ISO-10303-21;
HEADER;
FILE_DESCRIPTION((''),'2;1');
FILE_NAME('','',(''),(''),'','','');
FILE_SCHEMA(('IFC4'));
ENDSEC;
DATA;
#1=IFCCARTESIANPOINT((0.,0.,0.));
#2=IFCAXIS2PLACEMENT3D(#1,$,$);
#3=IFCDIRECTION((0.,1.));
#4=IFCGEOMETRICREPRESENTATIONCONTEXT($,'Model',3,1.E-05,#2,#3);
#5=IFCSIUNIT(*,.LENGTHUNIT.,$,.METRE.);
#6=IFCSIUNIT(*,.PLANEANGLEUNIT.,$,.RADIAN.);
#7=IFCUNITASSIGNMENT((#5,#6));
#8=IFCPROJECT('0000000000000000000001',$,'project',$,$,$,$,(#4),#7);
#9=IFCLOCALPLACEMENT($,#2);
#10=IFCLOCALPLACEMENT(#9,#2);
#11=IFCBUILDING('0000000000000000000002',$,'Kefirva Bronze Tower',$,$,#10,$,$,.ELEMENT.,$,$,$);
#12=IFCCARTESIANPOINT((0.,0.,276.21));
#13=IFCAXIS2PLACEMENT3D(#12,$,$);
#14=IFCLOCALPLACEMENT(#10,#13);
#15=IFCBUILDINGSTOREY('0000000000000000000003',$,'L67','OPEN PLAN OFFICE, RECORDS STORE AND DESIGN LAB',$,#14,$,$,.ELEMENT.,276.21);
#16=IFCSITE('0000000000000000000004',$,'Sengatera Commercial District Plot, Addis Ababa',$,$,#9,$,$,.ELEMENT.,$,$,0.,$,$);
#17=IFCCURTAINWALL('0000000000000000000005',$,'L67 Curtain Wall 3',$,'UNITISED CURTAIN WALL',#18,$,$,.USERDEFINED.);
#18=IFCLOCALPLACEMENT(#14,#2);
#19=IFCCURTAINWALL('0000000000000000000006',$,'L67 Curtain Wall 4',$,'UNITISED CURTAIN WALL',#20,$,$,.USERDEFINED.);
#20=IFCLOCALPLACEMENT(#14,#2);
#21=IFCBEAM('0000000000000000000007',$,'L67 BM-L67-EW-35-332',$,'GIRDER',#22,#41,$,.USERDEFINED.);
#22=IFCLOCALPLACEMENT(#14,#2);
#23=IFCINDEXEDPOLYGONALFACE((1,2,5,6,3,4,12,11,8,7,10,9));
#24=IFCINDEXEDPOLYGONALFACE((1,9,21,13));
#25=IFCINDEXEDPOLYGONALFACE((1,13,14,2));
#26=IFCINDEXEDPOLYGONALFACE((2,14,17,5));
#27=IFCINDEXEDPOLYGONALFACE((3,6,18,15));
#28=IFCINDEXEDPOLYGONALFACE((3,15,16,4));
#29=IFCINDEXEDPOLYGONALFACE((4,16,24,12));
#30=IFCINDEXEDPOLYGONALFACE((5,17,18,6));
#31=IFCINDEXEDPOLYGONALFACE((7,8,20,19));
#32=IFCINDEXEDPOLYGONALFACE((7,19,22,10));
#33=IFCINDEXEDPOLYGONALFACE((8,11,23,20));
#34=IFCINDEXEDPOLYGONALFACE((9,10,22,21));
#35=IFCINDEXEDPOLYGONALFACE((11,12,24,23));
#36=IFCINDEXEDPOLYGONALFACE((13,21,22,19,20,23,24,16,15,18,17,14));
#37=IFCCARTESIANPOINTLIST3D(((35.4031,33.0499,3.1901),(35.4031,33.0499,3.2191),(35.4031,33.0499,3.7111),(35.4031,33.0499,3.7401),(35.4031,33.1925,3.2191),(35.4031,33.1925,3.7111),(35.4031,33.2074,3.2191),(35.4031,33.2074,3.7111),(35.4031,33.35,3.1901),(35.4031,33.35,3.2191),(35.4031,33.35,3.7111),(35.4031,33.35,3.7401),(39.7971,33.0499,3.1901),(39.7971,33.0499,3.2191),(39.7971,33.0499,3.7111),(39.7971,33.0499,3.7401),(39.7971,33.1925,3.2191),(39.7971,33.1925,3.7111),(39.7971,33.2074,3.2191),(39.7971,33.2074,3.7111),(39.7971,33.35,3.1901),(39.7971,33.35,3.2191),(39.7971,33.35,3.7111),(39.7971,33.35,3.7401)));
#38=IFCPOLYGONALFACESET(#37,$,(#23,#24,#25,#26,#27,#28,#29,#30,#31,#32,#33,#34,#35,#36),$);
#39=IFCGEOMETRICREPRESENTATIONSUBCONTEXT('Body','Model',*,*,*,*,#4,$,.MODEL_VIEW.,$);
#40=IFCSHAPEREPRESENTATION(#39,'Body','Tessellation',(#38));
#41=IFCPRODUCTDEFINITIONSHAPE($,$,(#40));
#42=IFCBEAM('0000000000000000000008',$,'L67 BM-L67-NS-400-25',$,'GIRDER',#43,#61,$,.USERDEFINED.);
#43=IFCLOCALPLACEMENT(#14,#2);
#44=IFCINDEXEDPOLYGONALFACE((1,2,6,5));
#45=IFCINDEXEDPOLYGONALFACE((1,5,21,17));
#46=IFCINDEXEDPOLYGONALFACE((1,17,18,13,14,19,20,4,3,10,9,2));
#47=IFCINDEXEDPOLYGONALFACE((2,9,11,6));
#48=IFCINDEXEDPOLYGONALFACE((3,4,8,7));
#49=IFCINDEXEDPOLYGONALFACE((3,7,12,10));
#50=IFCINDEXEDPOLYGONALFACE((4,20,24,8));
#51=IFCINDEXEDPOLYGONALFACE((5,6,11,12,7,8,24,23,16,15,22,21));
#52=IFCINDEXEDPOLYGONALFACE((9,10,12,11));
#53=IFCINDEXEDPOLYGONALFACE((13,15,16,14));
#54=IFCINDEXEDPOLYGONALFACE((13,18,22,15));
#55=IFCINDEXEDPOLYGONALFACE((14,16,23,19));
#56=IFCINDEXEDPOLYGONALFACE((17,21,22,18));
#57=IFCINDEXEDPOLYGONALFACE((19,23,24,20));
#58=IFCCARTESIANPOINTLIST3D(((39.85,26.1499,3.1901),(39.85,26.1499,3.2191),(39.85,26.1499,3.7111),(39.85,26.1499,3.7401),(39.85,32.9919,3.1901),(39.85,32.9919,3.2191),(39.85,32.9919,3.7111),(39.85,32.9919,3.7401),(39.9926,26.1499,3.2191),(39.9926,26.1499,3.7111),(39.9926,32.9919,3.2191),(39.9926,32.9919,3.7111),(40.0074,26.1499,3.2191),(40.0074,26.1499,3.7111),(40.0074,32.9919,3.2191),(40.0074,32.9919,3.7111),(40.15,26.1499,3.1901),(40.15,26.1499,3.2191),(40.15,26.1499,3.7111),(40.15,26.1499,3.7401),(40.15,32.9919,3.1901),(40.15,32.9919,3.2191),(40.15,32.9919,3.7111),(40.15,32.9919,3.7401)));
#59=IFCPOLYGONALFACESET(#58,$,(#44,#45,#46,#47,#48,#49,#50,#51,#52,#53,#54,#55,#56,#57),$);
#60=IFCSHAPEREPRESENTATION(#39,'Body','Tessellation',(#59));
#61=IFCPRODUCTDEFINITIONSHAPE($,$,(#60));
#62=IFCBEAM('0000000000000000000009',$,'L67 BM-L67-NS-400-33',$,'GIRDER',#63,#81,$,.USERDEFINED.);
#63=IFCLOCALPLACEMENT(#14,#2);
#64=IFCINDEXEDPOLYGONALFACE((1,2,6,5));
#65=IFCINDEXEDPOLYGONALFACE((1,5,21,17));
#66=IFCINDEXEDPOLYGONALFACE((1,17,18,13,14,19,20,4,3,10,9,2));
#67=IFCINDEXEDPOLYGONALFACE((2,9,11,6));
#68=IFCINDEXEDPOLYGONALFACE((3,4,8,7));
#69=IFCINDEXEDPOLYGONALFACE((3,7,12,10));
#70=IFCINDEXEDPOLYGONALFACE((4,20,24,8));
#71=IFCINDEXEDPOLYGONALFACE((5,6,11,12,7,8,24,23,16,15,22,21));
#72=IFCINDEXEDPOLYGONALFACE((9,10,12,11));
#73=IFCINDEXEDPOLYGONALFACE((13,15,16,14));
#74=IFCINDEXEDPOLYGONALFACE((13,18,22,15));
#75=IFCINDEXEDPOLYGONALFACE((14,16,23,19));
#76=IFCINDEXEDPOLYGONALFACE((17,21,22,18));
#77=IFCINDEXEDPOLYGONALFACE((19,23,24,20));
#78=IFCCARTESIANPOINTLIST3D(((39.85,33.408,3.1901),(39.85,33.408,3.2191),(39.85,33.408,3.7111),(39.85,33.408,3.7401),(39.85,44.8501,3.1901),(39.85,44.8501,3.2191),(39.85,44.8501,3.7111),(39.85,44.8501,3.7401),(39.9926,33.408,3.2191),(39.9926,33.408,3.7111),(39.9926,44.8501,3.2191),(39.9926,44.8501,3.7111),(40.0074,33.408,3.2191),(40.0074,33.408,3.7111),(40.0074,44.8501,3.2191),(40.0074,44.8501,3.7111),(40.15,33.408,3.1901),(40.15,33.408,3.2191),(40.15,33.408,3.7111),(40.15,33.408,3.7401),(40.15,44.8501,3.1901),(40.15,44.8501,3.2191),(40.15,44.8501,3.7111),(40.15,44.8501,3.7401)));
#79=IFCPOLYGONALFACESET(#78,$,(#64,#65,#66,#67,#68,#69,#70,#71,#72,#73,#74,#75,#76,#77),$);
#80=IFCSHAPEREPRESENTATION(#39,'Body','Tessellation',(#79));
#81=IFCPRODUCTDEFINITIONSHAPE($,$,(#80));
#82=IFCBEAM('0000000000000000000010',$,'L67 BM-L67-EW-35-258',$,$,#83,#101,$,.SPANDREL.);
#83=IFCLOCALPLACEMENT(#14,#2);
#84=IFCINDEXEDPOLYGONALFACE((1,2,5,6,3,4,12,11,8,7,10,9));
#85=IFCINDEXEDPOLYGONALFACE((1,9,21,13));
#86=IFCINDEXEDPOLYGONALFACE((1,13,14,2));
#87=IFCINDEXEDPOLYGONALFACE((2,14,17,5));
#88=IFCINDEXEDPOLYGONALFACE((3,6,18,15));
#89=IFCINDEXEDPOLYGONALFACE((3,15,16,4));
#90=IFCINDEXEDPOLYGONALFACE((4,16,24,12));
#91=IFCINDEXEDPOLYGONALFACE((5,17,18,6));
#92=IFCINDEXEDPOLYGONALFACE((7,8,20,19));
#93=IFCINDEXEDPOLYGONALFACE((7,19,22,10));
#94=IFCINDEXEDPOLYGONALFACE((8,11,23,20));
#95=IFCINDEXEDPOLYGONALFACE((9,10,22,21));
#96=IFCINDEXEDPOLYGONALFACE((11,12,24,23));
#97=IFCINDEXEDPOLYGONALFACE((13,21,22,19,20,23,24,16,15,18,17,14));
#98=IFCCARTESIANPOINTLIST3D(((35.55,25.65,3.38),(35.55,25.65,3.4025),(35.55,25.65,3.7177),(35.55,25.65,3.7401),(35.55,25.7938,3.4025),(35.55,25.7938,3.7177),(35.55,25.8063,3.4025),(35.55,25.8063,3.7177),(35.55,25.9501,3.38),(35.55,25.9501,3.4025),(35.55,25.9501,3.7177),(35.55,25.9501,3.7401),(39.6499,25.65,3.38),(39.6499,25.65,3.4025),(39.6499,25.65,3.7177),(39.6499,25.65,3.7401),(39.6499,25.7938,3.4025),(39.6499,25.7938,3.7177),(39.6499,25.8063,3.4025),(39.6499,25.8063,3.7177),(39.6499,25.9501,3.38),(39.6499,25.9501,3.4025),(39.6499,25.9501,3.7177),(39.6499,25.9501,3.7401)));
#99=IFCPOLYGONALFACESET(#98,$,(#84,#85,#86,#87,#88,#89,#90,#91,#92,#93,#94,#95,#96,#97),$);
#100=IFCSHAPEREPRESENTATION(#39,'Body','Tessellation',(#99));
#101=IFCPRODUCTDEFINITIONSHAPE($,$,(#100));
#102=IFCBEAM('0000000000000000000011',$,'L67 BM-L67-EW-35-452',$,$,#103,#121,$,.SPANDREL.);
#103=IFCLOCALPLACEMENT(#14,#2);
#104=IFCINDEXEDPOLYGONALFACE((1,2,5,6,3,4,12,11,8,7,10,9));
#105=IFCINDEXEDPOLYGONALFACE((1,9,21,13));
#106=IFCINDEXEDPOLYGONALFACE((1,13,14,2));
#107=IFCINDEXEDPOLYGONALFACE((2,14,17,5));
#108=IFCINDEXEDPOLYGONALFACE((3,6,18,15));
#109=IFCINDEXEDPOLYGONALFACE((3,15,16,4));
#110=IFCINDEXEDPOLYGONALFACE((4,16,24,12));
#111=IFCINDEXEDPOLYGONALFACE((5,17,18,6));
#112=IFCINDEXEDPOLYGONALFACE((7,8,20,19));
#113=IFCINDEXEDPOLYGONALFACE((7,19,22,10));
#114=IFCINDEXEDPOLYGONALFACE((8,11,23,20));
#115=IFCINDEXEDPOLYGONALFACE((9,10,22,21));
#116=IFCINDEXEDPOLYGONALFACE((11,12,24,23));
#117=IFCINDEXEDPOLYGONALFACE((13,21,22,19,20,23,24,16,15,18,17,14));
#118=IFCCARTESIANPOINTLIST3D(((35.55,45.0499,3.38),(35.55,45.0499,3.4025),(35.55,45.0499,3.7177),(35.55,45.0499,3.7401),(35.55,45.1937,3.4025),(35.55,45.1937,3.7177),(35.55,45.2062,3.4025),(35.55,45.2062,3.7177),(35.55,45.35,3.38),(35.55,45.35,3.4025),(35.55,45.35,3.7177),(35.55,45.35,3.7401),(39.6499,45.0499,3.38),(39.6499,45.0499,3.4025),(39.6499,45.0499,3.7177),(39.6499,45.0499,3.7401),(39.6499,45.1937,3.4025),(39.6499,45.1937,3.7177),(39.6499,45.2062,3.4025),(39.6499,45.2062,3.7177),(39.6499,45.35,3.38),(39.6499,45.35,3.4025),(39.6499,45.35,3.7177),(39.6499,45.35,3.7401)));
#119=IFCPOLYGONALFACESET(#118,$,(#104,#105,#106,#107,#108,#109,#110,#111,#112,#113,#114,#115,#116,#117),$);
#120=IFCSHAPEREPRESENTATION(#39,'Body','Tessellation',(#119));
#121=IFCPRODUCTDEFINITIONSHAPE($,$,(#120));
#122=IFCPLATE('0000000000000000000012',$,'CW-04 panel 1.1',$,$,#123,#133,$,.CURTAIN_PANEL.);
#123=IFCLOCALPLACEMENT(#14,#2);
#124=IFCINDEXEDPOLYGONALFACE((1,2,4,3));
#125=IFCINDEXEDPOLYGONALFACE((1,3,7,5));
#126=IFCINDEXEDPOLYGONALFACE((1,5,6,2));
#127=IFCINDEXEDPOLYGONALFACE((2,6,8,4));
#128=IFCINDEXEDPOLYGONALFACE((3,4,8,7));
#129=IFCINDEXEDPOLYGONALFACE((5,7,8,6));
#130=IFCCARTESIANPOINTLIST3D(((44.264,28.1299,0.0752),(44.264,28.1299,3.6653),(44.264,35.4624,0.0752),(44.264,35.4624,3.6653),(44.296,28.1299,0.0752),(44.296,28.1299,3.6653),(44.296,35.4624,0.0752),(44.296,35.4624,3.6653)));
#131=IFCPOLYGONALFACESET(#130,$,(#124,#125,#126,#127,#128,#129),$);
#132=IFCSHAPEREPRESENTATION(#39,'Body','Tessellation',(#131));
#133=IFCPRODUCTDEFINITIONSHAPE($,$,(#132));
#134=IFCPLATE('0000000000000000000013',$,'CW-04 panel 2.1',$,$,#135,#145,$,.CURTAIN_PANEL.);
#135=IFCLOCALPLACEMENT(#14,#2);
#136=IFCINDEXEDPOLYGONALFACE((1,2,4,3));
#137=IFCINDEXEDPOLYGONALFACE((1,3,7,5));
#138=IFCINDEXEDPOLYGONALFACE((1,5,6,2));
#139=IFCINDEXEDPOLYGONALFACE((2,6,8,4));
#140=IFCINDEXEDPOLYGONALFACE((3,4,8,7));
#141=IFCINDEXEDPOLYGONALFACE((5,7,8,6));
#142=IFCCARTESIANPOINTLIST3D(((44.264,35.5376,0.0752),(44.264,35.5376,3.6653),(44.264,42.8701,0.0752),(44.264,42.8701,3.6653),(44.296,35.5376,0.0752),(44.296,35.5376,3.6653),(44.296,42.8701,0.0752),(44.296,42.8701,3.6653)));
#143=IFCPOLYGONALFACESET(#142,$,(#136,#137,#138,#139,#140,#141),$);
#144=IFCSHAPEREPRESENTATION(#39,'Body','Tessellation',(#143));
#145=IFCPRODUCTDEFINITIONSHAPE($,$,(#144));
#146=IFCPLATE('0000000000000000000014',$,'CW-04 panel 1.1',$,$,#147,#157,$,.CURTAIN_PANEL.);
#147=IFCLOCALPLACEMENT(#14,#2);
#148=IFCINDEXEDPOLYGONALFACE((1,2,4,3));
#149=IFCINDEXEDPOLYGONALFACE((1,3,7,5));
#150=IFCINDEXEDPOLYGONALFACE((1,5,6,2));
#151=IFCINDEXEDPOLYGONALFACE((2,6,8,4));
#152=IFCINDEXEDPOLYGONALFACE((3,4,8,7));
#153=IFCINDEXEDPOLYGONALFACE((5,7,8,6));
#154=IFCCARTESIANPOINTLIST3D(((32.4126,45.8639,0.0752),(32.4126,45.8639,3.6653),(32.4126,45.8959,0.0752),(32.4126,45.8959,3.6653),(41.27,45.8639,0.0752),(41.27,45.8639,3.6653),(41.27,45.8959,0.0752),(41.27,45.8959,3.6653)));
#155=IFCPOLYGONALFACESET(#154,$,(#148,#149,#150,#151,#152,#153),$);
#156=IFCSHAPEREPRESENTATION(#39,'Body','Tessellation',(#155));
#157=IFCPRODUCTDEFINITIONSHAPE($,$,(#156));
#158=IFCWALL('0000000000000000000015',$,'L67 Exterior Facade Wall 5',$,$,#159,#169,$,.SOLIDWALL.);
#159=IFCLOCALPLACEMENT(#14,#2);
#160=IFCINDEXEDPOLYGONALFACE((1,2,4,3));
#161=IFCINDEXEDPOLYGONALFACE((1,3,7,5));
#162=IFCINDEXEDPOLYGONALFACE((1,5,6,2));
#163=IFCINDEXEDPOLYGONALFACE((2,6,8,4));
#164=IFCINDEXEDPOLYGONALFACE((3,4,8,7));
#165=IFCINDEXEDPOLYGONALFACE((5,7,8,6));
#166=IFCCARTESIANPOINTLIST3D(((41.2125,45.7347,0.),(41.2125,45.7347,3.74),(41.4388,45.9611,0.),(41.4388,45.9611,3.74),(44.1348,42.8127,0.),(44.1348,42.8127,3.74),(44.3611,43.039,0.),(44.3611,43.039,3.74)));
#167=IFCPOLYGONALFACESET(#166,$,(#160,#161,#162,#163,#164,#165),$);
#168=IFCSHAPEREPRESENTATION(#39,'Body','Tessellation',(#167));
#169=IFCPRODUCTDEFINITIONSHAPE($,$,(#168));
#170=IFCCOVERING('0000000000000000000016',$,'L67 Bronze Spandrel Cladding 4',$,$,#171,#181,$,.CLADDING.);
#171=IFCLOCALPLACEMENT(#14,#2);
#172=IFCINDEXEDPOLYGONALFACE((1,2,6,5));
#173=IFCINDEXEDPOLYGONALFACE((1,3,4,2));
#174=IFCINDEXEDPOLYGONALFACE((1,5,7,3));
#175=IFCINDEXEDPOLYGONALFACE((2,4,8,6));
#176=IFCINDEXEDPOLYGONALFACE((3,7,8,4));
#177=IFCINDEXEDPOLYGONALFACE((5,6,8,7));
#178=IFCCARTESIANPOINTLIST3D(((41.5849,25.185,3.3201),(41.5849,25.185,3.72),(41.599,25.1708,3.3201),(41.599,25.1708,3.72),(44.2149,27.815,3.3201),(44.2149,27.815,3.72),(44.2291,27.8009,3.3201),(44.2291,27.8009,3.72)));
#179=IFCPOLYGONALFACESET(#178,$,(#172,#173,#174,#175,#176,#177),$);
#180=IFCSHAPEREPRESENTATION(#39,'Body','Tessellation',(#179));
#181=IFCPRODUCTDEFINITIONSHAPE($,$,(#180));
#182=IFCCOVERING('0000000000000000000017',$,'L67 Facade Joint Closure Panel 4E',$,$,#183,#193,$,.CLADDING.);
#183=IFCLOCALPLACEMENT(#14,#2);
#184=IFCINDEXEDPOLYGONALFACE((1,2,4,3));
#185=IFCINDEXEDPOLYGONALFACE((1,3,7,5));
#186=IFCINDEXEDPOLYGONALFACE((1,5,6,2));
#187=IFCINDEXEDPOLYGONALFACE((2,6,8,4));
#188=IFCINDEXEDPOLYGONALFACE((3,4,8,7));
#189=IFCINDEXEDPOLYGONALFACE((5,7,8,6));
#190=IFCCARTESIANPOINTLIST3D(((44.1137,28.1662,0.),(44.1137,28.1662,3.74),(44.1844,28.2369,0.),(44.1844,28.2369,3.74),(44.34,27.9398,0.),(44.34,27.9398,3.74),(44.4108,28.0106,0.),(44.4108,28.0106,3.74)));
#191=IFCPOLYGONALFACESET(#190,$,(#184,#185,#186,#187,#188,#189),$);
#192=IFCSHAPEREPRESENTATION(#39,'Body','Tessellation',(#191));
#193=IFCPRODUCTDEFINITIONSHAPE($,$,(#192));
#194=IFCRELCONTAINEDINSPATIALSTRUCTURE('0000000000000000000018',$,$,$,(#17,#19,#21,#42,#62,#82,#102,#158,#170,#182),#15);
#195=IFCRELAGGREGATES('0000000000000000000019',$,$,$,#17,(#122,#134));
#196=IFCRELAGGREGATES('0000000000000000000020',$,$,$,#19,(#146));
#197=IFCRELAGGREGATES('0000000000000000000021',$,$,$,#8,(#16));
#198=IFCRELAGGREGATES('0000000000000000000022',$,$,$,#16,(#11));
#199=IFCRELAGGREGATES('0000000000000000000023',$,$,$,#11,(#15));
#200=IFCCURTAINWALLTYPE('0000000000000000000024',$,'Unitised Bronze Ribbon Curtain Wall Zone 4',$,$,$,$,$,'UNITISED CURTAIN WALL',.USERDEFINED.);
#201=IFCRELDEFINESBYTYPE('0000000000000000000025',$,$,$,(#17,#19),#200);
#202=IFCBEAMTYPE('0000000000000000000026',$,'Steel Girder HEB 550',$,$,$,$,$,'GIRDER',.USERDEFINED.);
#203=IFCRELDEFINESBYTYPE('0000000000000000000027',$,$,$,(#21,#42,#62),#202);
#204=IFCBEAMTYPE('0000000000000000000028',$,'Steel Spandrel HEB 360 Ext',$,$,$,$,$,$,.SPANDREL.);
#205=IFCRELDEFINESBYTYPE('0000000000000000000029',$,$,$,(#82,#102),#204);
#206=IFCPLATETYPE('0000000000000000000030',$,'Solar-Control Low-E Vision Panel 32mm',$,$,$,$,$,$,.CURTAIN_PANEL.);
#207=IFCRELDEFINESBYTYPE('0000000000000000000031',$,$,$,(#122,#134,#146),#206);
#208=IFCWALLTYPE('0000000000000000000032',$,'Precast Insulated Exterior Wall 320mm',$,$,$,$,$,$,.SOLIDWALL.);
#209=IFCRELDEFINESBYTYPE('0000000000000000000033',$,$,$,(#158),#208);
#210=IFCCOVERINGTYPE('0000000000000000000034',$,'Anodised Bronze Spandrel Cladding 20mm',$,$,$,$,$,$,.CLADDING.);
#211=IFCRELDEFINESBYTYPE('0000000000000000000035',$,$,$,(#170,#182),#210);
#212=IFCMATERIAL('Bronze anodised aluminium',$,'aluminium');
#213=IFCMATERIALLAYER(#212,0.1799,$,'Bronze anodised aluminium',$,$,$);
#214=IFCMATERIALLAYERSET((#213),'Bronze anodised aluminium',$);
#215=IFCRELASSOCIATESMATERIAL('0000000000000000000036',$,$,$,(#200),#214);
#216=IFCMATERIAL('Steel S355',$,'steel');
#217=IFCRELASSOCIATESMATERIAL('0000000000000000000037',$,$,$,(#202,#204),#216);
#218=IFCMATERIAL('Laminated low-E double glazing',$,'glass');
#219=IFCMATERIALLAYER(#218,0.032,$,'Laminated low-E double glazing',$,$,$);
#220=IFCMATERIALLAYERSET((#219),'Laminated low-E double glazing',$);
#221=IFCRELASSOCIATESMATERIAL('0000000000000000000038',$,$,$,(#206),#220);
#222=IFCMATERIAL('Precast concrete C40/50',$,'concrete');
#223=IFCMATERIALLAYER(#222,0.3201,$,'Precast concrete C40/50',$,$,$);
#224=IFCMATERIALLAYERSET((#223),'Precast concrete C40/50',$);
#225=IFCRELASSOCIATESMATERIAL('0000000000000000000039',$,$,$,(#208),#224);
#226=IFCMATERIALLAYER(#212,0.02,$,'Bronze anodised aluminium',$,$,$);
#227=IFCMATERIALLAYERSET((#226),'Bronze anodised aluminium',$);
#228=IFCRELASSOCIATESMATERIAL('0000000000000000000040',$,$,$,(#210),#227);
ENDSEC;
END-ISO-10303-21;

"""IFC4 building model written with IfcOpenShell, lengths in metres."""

from ifc_helpers import new_model, si_unit, direction, frame, frame_2d, origin, origin_2d, place, context, subcontext, project, spatial, rectangle, i_section, extrude, material, layer, layer_set, material_profile, profile_set, type_object, element, aggregate, save


model = new_model("IFC4")

# Units and contexts
model_context = context("Model", 3, precision=1e-05, world=origin(), true_north=direction((0.0, 1.0)))
body_context = subcontext(model_context, "Body", "Model", "MODEL_VIEW")
ifc_project = project(units=[si_unit("LENGTHUNIT", "METRE"), si_unit("PLANEANGLEUNIT", "RADIAN")], contexts=[model_context])

# Site, building, storey
site_placement = place(None, origin())
site = spatial("IfcSite", under=ifc_project, at=site_placement, Name="Sengatera Commercial District Plot, Addis Ababa", CompositionType="ELEMENT", RefElevation=0.0)
building_placement = place(site_placement, origin())
building = spatial("IfcBuilding", under=site, at=building_placement, Name="Kefirva Bronze Tower", CompositionType="ELEMENT")
storey_placement = place(building_placement, frame((0.0, 0.0, 276.21)))
storey = spatial("IfcBuildingStorey", under=building, at=storey_placement, Name="L67", Description="OPEN PLAN OFFICE, RECORDS STORE AND DESIGN LAB", CompositionType="ELEMENT", Elevation=276.21)

# Curtain wall
ifc_material_1 = material(Name="Bronze anodised aluminium", Category="aluminium")
ifc_layer_1 = layer(ifc_material_1, 0.1799, Name="Bronze anodised aluminium")
ifc_layer_set_1 = layer_set([ifc_layer_1], Name="Bronze anodised aluminium")
curtain_wall_type = type_object("IfcCurtainWallType", Name="Unitised Bronze Ribbon Curtain Wall Zone 4", ElementType="UNITISED CURTAIN WALL", PredefinedType="USERDEFINED", material=ifc_layer_set_1)
curtain_wall_1_placement = place(storey_placement, origin())
curtain_wall_1 = element("IfcCurtainWall", 1, at=curtain_wall_1_placement, inside=storey, type_object=curtain_wall_type, Name="L67 Curtain Wall 3", ObjectType="UNITISED CURTAIN WALL", PredefinedType="USERDEFINED")

# Curtain wall
curtain_wall_2_placement = place(storey_placement, origin())
curtain_wall_2 = element("IfcCurtainWall", 2, at=curtain_wall_2_placement, inside=storey, type_object=curtain_wall_type, Name="L67 Curtain Wall 4", ObjectType="UNITISED CURTAIN WALL", PredefinedType="USERDEFINED")

# Beams
ifc_material_2 = material(Name="Steel S355", Category="steel")
ifc_material_profile_1 = material_profile(ifc_material_2, i_section(OverallWidth=0.3, OverallDepth=0.55, WebThickness=0.0149, FlangeThickness=0.0291, at=origin_2d()), Name="HEB 550")
ifc_profile_set_1 = profile_set([ifc_material_profile_1], Name="Steel S355")
beam_type_1 = type_object("IfcBeamType", Name="Steel Girder HEB 550", ElementType="GIRDER", PredefinedType="USERDEFINED", material=ifc_profile_set_1)
beam_1_placement = place(storey_placement, frame((35.4031, 33.2, 3.4651), z_axis=(1.0, 0.0, 0.0), x_axis=(0.0, 1.0, 0.0)))
element("IfcBeam", 3, at=beam_1_placement, inside=storey, type_object=beam_type_1, Name="L67 BM-L67-EW-35-332", ObjectType="GIRDER", PredefinedType="USERDEFINED", context=body_context, shape_type="SweptSolid", body=[
    extrude(i_section(OverallWidth=0.3, OverallDepth=0.55, WebThickness=0.0149, FlangeThickness=0.0291, at=origin_2d()), origin(), (0.0, 0.0, 1.0), 4.394),
])
beam_2_placement = place(storey_placement, frame((40.0, 26.1499, 3.4651), z_axis=(0.0, 1.0, 0.0), x_axis=(-1.0, 0.0, 0.0)))
element("IfcBeam", 4, at=beam_2_placement, inside=storey, type_object=beam_type_1, Name="L67 BM-L67-NS-400-25", ObjectType="GIRDER", PredefinedType="USERDEFINED", context=body_context, shape_type="SweptSolid", body=[
    extrude(i_section(OverallWidth=0.3, OverallDepth=0.55, WebThickness=0.0149, FlangeThickness=0.0291, at=origin_2d()), origin(), (0.0, 0.0, 1.0), 6.842),
])
beam_3_placement = place(storey_placement, frame((40.0, 33.408, 3.4651), z_axis=(0.0, 1.0, 0.0), x_axis=(-1.0, 0.0, 0.0)))
element("IfcBeam", 5, at=beam_3_placement, inside=storey, type_object=beam_type_1, Name="L67 BM-L67-NS-400-33", ObjectType="GIRDER", PredefinedType="USERDEFINED", context=body_context, shape_type="SweptSolid", body=[
    extrude(i_section(OverallWidth=0.3, OverallDepth=0.55, WebThickness=0.0149, FlangeThickness=0.0291, at=origin_2d()), origin(), (0.0, 0.0, 1.0), 11.4421),
])
ifc_material_profile_2 = material_profile(ifc_material_2, i_section(OverallWidth=0.3, OverallDepth=0.3601, WebThickness=0.0125, FlangeThickness=0.0225, at=origin_2d()), Name="HEB 360")
ifc_profile_set_2 = profile_set([ifc_material_profile_2], Name="Steel S355")
beam_type_2 = type_object("IfcBeamType", Name="Steel Spandrel HEB 360 Ext", PredefinedType="SPANDREL", material=ifc_profile_set_2)
for number, where, z_axis, x_axis, name in (
    (6, (35.55, 25.8, 3.5601), (1.0, 0.0, 0.0), (0.0, 1.0, 0.0), "L67 BM-L67-EW-35-258"),
    (7, (35.55, 45.2, 3.5601), (1.0, 0.0, 0.0), (0.0, 1.0, 0.0), "L67 BM-L67-EW-35-452"),
):
    element("IfcBeam", number, at=place(storey_placement, frame(where, z_axis=z_axis, x_axis=x_axis)), inside=storey, type_object=beam_type_2, Name=name, PredefinedType="SPANDREL", context=body_context, shape_type="SweptSolid", body=[
        extrude(i_section(OverallWidth=0.3, OverallDepth=0.3601, WebThickness=0.0125, FlangeThickness=0.0225, at=origin_2d()), origin(), (0.0, 0.0, 1.0), 4.0999),
    ])

# Plates
ifc_material_3 = material(Name="Laminated low-E double glazing", Category="glass")
ifc_layer_2 = layer(ifc_material_3, 0.032, Name="Laminated low-E double glazing")
ifc_layer_set_2 = layer_set([ifc_layer_2], Name="Laminated low-E double glazing")
plate_type = type_object("IfcPlateType", Name="Solar-Control Low-E Vision Panel 32mm", PredefinedType="CURTAIN_PANEL", material=ifc_layer_set_2)
plate_1_placement = place(storey_placement, frame((44.28, 31.7961, 0.0752), z_axis=(0.0, 0.0, 1.0), x_axis=(0.0, 1.0, 0.0)))
plate_1 = element("IfcPlate", 8, at=plate_1_placement, type_object=plate_type, Name="CW-04 panel 1.1", PredefinedType="CURTAIN_PANEL", context=body_context, shape_type="SweptSolid", body=[
    extrude(rectangle(XDim=7.3325, YDim=0.032, at=origin_2d()), origin(), (0.0, 0.0, 1.0), 3.5901),
])
plate_2_placement = place(storey_placement, frame((44.28, 39.2039, 0.0752), z_axis=(0.0, 0.0, 1.0), x_axis=(0.0, 1.0, 0.0)))
plate_2 = element("IfcPlate", 9, at=plate_2_placement, type_object=plate_type, Name="CW-04 panel 2.1", PredefinedType="CURTAIN_PANEL", context=body_context, shape_type="SweptSolid", body=[
    extrude(rectangle(XDim=7.3325, YDim=0.032, at=origin_2d()), origin(), (0.0, 0.0, 1.0), 3.5901),
])
aggregate(curtain_wall_1, [plate_1, plate_2])
plate_3_placement = place(storey_placement, frame((36.8413, 45.8799, 0.0752), z_axis=(0.0, 0.0, 1.0), x_axis=(-1.0, 0.0, 0.0)))
plate_3 = element("IfcPlate", 10, at=plate_3_placement, type_object=plate_type, Name="CW-04 panel 1.1", PredefinedType="CURTAIN_PANEL", context=body_context, shape_type="SweptSolid", body=[
    extrude(rectangle(XDim=8.8574, YDim=0.032, at=origin_2d()), origin(), (0.0, 0.0, 1.0), 3.5901),
])
aggregate(curtain_wall_2, [plate_3])

# Wall
ifc_material_4 = material(Name="Precast concrete C40/50", Category="concrete")
ifc_layer_3 = layer(ifc_material_4, 0.3201, Name="Precast concrete C40/50")
ifc_layer_set_3 = layer_set([ifc_layer_3], Name="Precast concrete C40/50")
wall_type = type_object("IfcWallType", Name="Precast Insulated Exterior Wall 320mm", PredefinedType="SOLIDWALL", material=ifc_layer_set_3)
wall_placement = place(storey_placement, frame((44.248, 42.9258, 0.0), z_axis=(0.0, 0.0, 1.0), x_axis=(-0.707136, 0.707077, 0.0)))
element("IfcWall", 11, at=wall_placement, inside=storey, type_object=wall_type, Name="L67 Exterior Facade Wall 5", PredefinedType="SOLIDWALL", context=body_context, shape_type="SweptSolid", body=[
    extrude(rectangle(XDim=4.1326, YDim=0.3201, at=frame_2d((2.0664, 0.0))), origin(), (0.0, 0.0, 1.0), 3.74),
])

# Coverings
ifc_layer_4 = layer(ifc_material_1, 0.02, Name="Bronze anodised aluminium")
ifc_layer_set_4 = layer_set([ifc_layer_4], Name="Bronze anodised aluminium")
covering_type_1 = type_object("IfcCoveringType", Name="Anodised Bronze Spandrel Cladding 20mm", PredefinedType="CLADDING", material=ifc_layer_set_4)
covering_1_placement = place(storey_placement, frame((42.907, 26.4929, 3.3201), z_axis=(0.0, 0.0, 1.0), x_axis=(0.707107, 0.707107, 0.0)))
element("IfcCovering", 12, at=covering_1_placement, inside=storey, type_object=covering_type_1, Name="L67 Bronze Spandrel Cladding 4", PredefinedType="CLADDING", context=body_context, shape_type="SweptSolid", body=[
    extrude(rectangle(XDim=3.7195, YDim=0.02, at=origin_2d()), origin(), (0.0, 0.0, 1.0), 0.3999),
])
covering_2_placement = place(storey_placement, frame((44.2622, 28.0884, 0.0), z_axis=(0.0, 0.0, 1.0), x_axis=(0.707107, 0.707107, 0.0)))
element("IfcCovering", 13, at=covering_2_placement, inside=storey, type_object=covering_type_1, Name="L67 Facade Joint Closure Panel 4E", PredefinedType="CLADDING", context=body_context, shape_type="SweptSolid", body=[
    extrude(rectangle(XDim=0.1001, YDim=0.3201, at=origin_2d()), origin(), (0.0, 0.0, 1.0), 3.74),
])

save(model, "model.ifc")
